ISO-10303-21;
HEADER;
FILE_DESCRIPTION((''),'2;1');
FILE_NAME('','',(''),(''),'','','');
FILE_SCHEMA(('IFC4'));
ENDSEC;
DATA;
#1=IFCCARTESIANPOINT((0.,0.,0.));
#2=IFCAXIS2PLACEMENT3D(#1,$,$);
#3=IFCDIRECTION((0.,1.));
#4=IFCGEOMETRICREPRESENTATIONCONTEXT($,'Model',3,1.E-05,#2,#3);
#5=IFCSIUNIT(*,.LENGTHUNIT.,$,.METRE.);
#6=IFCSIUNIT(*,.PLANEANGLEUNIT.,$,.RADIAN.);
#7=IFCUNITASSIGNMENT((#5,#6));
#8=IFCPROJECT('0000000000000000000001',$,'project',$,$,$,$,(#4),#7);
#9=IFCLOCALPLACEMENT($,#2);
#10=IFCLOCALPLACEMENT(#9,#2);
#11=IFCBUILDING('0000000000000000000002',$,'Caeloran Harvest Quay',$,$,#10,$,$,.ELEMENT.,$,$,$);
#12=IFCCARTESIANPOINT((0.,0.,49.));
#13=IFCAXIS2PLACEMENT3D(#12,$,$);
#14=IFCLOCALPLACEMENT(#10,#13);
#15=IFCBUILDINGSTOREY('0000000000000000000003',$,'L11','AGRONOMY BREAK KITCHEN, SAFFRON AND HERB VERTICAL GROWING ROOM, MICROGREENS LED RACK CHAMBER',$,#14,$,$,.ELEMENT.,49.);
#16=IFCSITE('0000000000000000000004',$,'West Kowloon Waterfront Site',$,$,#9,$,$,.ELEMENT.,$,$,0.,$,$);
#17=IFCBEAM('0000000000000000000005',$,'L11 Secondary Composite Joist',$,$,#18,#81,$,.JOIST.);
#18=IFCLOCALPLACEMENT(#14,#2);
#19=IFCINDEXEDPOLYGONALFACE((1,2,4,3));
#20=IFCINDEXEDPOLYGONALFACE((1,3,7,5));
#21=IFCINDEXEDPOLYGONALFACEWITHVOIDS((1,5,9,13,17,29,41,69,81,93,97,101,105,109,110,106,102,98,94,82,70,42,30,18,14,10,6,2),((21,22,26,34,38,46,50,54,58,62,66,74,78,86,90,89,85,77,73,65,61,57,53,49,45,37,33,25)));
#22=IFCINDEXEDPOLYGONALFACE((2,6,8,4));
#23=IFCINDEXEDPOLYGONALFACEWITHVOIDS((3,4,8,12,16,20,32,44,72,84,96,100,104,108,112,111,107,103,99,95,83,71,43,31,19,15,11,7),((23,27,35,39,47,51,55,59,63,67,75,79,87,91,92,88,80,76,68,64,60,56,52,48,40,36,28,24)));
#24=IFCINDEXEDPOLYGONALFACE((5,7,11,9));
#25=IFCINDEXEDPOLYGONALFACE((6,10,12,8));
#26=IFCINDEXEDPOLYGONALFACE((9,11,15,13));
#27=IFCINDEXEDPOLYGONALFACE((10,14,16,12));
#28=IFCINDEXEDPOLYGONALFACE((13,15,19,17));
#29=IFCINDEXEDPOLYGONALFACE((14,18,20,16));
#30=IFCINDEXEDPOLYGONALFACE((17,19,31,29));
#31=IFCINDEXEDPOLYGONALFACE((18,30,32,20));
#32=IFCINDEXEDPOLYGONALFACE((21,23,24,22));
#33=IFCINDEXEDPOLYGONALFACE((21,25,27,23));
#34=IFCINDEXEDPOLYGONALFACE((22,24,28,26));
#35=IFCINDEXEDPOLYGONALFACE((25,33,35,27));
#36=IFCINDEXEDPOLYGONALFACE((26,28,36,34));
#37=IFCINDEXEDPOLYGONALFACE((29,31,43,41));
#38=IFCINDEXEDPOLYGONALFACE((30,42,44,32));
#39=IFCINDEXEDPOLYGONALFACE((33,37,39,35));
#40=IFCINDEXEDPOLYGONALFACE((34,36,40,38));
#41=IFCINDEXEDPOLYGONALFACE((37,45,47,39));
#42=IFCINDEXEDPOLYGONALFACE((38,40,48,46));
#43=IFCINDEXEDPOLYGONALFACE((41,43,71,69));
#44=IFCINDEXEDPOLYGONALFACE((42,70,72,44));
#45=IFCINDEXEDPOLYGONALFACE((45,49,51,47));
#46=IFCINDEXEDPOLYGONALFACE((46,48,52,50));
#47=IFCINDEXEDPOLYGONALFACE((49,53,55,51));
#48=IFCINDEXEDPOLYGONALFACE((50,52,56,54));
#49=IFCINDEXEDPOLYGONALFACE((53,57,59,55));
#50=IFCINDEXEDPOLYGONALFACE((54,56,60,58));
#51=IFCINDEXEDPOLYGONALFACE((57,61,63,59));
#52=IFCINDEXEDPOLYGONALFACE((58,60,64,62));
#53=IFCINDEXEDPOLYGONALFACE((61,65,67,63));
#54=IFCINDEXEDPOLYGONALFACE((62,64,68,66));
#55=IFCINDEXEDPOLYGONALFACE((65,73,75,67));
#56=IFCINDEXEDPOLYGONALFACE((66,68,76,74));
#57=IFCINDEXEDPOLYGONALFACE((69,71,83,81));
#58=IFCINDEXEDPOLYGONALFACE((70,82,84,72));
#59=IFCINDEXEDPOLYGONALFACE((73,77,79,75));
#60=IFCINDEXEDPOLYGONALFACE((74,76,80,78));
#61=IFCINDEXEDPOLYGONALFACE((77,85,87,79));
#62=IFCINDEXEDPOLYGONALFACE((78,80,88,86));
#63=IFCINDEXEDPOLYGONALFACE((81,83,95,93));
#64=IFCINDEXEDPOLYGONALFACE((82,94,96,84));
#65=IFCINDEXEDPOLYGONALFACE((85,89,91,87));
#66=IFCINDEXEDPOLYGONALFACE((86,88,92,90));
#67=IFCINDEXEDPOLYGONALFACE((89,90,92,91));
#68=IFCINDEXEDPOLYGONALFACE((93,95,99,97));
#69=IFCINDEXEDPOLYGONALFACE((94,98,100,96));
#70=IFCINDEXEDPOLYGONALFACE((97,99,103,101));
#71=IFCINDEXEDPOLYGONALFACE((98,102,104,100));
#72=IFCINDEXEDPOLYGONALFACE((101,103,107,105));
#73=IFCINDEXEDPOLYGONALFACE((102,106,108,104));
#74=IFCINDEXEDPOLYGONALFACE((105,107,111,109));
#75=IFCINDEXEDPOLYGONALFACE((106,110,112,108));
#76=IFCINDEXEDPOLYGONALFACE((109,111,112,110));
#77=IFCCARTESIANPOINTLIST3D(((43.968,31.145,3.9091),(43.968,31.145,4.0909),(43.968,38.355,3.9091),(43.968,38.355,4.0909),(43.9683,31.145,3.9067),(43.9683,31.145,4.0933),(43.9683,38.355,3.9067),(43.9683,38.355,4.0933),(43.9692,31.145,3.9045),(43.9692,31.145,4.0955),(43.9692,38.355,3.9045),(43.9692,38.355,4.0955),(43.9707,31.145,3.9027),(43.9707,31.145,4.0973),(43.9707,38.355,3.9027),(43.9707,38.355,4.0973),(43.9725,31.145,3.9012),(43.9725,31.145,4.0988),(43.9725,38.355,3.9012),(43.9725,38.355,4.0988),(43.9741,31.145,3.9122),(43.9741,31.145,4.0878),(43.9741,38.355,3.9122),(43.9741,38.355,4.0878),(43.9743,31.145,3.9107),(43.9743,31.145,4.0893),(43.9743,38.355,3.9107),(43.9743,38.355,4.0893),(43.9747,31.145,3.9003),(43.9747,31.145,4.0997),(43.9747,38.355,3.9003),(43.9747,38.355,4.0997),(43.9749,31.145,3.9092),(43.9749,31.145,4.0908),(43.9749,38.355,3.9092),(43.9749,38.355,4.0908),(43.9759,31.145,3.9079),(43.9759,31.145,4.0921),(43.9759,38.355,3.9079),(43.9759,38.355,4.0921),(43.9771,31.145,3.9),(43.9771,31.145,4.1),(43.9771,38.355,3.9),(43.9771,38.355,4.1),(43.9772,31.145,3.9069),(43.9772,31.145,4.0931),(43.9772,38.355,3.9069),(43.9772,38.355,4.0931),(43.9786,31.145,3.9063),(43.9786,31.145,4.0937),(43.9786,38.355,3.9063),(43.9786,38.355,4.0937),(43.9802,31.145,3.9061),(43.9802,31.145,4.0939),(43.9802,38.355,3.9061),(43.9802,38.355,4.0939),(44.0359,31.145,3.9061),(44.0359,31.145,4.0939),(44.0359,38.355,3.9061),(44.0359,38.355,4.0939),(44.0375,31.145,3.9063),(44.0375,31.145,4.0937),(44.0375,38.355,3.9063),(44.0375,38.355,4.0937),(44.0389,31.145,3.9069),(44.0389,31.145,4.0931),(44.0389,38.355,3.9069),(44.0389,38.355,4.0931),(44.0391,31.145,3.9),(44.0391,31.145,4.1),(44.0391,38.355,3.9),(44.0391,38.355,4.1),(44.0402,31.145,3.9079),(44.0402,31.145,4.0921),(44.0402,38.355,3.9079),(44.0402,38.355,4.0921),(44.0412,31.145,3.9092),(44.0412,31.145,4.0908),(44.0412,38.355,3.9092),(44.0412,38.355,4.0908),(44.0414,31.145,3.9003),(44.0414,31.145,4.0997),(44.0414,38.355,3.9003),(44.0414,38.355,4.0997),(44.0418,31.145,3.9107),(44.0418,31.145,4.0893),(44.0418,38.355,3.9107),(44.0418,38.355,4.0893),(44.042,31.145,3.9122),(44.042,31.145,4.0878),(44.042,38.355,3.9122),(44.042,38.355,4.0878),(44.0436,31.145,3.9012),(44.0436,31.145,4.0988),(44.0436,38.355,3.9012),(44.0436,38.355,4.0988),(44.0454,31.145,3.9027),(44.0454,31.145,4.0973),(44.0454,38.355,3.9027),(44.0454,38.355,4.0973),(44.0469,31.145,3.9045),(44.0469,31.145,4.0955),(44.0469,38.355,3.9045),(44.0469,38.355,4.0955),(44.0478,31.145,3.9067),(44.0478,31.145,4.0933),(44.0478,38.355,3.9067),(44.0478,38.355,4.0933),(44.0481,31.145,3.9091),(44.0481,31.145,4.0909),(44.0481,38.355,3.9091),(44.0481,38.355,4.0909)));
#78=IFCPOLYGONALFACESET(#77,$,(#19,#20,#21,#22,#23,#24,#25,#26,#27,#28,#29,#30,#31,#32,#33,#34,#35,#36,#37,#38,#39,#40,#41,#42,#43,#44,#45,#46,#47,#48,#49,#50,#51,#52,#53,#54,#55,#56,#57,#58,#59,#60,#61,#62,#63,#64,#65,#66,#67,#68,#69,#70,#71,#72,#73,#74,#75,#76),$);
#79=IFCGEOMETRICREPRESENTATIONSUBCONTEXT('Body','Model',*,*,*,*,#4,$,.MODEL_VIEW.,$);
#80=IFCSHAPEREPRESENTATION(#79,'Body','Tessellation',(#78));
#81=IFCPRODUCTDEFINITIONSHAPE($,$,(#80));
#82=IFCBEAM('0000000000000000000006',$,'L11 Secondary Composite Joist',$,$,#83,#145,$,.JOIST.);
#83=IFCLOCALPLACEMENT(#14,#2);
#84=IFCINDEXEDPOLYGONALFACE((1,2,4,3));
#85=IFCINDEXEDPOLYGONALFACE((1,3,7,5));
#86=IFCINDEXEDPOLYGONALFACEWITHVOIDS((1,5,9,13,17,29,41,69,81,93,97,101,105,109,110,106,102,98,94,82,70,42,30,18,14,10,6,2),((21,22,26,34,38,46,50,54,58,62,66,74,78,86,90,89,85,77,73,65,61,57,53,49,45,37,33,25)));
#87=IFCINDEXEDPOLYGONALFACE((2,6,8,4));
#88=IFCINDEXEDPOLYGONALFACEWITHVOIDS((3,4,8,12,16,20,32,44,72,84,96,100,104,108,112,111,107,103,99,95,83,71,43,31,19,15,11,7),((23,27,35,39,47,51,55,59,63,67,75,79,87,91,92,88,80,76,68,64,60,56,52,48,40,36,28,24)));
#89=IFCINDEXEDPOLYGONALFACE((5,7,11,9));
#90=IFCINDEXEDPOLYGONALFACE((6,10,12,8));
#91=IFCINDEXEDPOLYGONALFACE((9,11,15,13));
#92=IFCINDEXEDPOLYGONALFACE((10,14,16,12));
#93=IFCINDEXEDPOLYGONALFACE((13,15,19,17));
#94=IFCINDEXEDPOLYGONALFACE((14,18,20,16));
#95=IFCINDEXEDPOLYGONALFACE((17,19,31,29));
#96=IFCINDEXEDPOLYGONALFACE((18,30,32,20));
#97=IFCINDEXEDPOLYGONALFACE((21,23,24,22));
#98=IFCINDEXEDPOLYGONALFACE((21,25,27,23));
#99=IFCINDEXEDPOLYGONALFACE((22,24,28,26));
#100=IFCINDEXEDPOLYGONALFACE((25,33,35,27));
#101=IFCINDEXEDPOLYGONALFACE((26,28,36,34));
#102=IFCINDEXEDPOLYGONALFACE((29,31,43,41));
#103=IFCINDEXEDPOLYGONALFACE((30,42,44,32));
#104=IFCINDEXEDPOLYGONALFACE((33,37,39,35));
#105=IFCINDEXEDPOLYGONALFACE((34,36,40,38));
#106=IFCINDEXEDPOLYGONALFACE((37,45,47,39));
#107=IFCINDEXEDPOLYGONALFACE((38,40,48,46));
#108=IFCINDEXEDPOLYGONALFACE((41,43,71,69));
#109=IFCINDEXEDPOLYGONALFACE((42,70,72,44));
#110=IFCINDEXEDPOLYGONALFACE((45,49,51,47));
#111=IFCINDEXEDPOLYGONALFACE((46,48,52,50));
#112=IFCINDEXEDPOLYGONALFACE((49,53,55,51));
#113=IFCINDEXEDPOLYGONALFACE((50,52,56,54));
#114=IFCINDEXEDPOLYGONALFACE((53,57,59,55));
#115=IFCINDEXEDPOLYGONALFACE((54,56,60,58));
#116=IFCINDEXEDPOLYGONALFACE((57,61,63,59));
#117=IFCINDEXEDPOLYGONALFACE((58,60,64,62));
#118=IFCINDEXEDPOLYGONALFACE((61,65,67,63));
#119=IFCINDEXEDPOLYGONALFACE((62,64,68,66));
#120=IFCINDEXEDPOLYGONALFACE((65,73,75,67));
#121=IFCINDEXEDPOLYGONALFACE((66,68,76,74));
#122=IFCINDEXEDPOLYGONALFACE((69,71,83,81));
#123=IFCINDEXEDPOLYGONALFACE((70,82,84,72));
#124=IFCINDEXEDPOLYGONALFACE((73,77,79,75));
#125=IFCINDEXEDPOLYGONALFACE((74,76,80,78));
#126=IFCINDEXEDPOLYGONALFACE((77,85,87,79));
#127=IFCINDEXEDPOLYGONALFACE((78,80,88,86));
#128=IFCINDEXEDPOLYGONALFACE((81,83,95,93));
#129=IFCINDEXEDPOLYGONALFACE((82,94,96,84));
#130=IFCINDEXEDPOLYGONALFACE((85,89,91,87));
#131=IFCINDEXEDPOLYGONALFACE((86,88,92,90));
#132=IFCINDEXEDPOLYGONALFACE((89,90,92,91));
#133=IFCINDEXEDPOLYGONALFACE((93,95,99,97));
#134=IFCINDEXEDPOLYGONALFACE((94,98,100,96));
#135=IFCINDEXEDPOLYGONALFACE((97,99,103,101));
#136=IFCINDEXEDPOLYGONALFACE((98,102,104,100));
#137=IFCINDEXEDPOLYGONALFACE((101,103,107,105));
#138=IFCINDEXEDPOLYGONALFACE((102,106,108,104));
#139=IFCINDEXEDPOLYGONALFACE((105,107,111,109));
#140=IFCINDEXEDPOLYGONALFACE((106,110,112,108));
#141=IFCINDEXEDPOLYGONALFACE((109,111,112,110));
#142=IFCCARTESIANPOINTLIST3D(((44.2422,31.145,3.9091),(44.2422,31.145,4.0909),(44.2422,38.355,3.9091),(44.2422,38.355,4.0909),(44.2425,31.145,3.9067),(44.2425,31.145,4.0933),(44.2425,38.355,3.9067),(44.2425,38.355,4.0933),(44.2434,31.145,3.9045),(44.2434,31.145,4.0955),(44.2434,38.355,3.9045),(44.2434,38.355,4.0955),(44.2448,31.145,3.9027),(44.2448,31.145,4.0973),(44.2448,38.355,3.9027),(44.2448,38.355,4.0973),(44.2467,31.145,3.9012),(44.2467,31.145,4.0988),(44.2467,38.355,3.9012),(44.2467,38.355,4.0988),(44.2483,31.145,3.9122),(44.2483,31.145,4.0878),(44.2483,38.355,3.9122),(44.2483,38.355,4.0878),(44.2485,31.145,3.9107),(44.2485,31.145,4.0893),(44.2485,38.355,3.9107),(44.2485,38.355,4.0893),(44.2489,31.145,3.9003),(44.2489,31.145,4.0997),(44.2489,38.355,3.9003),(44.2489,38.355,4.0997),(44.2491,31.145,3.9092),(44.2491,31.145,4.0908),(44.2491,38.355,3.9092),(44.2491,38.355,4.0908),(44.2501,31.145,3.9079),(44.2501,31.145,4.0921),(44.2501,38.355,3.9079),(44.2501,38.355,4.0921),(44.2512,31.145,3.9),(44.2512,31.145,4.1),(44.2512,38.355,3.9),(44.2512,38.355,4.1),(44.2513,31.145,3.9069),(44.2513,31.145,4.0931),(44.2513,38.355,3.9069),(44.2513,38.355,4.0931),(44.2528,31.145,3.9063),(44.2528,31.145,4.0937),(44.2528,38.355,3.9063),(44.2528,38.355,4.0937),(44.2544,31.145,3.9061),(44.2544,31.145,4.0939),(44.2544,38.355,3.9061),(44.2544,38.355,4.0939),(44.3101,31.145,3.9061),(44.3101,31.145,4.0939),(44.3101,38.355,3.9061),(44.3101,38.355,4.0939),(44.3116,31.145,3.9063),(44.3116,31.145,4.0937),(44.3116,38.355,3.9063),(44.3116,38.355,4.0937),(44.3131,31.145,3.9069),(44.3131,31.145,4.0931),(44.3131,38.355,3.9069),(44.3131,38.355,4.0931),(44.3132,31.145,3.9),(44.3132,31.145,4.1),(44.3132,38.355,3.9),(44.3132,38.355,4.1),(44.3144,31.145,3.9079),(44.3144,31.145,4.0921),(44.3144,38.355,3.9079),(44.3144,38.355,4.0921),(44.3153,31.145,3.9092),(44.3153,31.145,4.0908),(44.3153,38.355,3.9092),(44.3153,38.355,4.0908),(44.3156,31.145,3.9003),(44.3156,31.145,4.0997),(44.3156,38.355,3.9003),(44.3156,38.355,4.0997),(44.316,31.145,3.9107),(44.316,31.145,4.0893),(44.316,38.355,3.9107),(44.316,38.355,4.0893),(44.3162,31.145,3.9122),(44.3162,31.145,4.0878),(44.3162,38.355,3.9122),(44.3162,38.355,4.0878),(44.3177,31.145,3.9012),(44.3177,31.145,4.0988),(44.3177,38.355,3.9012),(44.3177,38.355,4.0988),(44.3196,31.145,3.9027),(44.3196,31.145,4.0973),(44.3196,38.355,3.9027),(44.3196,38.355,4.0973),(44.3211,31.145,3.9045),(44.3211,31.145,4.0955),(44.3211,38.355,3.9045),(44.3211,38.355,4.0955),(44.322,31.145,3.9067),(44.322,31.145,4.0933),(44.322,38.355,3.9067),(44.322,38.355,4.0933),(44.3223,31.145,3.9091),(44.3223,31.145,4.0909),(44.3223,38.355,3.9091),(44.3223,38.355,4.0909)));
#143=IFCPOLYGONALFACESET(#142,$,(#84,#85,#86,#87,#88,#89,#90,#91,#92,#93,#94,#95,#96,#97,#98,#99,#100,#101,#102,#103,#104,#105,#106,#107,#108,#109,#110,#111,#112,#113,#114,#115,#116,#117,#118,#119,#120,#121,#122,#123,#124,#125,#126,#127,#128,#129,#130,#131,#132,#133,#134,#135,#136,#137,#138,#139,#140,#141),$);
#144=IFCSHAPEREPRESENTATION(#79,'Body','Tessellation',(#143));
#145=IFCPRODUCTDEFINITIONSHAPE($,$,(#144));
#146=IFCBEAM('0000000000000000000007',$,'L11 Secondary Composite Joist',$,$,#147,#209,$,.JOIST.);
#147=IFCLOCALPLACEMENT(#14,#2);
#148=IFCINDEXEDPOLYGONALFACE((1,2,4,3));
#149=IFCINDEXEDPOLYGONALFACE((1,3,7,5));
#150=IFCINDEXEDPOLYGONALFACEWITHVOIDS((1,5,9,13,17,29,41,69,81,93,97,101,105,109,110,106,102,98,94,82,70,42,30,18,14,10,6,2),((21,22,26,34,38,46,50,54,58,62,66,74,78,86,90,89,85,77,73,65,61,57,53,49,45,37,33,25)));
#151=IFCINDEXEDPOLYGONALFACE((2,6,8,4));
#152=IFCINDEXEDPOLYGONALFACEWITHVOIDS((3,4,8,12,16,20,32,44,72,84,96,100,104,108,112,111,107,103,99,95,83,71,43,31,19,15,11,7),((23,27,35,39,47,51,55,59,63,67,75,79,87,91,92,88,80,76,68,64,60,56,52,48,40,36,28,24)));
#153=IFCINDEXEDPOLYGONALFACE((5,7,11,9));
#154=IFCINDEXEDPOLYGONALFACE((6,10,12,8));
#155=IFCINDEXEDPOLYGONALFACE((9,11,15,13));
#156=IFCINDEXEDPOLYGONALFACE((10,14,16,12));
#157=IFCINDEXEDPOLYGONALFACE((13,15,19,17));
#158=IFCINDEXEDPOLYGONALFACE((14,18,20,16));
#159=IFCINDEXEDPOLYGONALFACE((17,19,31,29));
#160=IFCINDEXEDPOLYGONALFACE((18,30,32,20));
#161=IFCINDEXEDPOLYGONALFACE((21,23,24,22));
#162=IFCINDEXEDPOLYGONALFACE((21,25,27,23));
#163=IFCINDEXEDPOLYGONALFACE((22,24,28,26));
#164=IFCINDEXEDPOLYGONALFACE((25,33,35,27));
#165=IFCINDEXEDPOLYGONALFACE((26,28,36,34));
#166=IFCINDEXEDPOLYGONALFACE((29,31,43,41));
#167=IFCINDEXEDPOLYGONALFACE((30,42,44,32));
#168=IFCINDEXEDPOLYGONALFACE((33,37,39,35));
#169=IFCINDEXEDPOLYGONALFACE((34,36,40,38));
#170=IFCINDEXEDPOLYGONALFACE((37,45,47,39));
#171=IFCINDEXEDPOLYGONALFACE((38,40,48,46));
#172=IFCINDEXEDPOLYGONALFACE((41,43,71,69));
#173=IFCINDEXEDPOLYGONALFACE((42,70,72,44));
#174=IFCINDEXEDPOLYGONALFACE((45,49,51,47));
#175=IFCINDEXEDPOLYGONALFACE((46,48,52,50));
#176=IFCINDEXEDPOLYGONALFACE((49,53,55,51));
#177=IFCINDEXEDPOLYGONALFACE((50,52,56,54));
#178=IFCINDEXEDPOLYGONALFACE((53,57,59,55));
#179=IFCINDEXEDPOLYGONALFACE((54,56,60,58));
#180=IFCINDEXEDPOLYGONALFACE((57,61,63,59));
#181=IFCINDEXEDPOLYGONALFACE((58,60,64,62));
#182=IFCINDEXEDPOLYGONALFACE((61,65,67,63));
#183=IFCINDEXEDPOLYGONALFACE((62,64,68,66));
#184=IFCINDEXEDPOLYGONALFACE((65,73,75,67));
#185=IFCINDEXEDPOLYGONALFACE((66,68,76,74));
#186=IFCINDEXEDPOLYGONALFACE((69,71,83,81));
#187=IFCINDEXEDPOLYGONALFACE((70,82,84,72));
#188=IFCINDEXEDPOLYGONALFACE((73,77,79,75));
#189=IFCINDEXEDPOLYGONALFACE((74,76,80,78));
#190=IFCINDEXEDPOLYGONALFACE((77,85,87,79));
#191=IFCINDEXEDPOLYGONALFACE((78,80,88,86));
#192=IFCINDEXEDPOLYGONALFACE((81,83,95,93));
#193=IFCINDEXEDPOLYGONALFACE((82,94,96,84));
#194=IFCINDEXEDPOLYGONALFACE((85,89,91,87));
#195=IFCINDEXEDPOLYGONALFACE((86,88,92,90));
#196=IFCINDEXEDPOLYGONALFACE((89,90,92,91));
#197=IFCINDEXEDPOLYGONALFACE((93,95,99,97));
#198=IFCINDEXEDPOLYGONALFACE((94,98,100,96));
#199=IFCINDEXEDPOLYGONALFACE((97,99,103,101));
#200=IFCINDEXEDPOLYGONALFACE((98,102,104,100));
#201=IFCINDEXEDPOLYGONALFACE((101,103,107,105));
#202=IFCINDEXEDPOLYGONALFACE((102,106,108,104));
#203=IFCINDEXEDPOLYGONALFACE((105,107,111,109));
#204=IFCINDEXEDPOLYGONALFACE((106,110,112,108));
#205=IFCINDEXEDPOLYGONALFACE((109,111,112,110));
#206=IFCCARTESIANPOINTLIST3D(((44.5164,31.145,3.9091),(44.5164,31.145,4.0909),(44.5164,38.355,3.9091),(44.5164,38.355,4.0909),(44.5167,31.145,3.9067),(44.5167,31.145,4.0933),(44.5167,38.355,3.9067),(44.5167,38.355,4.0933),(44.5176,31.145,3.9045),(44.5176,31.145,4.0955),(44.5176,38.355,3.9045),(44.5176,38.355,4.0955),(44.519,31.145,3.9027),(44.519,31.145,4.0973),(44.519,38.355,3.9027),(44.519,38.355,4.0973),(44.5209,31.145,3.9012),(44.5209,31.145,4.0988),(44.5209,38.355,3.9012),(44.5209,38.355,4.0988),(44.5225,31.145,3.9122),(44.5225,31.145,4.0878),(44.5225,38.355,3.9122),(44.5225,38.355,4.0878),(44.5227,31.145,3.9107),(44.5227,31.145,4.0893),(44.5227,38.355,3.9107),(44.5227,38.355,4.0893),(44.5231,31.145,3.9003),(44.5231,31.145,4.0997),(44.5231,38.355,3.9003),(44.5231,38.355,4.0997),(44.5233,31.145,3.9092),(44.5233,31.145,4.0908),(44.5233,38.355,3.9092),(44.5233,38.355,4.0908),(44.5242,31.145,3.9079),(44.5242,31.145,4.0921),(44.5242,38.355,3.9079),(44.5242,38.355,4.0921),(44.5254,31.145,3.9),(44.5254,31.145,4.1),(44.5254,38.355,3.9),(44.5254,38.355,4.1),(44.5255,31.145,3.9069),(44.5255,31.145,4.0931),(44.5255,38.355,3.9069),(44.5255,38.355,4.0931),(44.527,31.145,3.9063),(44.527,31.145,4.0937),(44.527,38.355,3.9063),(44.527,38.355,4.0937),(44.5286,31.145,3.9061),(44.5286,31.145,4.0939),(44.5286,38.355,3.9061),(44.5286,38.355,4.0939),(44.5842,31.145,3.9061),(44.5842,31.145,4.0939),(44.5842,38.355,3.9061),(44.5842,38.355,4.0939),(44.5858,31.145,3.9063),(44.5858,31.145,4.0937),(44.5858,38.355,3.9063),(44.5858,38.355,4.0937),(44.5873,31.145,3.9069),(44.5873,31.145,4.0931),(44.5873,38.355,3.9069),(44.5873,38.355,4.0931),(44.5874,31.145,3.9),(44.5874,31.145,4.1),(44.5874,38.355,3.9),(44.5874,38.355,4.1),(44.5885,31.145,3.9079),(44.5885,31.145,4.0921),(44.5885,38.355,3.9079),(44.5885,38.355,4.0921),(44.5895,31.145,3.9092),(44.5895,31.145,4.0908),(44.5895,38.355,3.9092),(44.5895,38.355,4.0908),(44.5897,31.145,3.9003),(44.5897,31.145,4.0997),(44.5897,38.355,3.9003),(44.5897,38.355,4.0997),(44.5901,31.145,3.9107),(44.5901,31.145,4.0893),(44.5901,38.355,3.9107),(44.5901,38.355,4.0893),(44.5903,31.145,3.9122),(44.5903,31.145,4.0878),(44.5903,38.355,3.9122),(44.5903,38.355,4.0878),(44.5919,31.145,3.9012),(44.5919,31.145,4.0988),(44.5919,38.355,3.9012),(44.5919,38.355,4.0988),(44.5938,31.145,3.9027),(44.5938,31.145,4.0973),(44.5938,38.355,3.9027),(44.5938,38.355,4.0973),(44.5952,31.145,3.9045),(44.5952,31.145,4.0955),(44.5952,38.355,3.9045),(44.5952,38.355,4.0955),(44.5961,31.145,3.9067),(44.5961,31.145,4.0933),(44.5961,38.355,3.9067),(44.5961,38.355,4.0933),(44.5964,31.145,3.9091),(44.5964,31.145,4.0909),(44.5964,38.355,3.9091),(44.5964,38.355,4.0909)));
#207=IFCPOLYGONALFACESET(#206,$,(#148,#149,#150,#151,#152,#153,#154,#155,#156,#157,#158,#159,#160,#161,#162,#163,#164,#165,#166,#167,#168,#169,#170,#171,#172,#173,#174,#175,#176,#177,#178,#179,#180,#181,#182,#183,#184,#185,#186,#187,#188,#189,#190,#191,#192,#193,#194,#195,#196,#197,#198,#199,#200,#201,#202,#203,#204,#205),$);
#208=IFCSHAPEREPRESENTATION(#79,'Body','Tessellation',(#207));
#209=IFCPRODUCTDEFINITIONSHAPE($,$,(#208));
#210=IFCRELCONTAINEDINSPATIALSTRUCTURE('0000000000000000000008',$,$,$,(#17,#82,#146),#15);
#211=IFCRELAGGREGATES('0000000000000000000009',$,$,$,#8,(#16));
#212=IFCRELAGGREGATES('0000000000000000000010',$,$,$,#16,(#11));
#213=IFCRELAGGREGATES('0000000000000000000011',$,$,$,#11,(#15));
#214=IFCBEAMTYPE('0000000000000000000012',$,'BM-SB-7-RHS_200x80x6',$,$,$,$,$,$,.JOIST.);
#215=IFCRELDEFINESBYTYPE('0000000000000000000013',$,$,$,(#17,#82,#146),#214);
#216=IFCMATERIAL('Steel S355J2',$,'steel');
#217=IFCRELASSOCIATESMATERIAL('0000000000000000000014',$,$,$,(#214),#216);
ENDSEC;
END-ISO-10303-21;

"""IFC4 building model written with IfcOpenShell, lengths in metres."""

from ifc_helpers import new_model, si_unit, direction, frame, origin, origin_2d, place, context, subcontext, project, spatial, hollow_rectangle, extrude, material, material_profile, profile_set, type_object, element, save


model = new_model("IFC4")

# Units and contexts
model_context = context("Model", 3, precision=1e-05, world=origin(), true_north=direction((0.0, 1.0)))
body_context = subcontext(model_context, "Body", "Model", "MODEL_VIEW")
ifc_project = project(units=[si_unit("LENGTHUNIT", "METRE"), si_unit("PLANEANGLEUNIT", "RADIAN")], contexts=[model_context])

# Site, building, storey
site_placement = place(None, origin())
site = spatial("IfcSite", under=ifc_project, at=site_placement, Name="West Kowloon Waterfront Site", CompositionType="ELEMENT", RefElevation=0.0)
building_placement = place(site_placement, origin())
building = spatial("IfcBuilding", under=site, at=building_placement, Name="Caeloran Harvest Quay", CompositionType="ELEMENT")
storey_placement = place(building_placement, frame((0.0, 0.0, 49.0)))
storey = spatial("IfcBuildingStorey", under=building, at=storey_placement, Name="L11", Description="AGRONOMY BREAK KITCHEN, SAFFRON AND HERB VERTICAL GROWING ROOM, MICROGREENS LED RACK CHAMBER", CompositionType="ELEMENT", Elevation=49.0)

# Beams
ifc_material_1 = material(Name="Steel S355J2", Category="steel")
ifc_material_profile_1 = material_profile(ifc_material_1, hollow_rectangle(XDim=0.0801, YDim=0.2, WallThickness=0.0061, InnerFilletRadius=0.0061, OuterFilletRadius=0.009, at=origin_2d()), Name="RHS 200x80x6")
ifc_profile_set_1 = profile_set([ifc_material_profile_1], Name="Steel S355J2")
beam_type_1 = type_object("IfcBeamType", Name="BM-SB-7-RHS_200x80x6", PredefinedType="JOIST", material=ifc_profile_set_1)
for number, where, z_axis, x_axis, name in (
    (1, (44.0081, 31.145, 4.0), (0.0, 1.0, 0.0), (-1.0, 0.0, 0.0), "L11 Secondary Composite Joist"),
    (2, (44.2822, 31.145, 4.0), (0.0, 1.0, 0.0), (-1.0, 0.0, 0.0), "L11 Secondary Composite Joist"),
    (3, (44.5564, 31.145, 4.0), (0.0, 1.0, 0.0), (-1.0, 0.0, 0.0), "L11 Secondary Composite Joist"),
):
    element("IfcBeam", number, at=place(storey_placement, frame(where, z_axis=z_axis, x_axis=x_axis)), inside=storey, type_object=beam_type_1, Name=name, PredefinedType="JOIST", context=body_context, shape_type="SweptSolid", body=[
        extrude(hollow_rectangle(XDim=0.0801, YDim=0.2, WallThickness=0.0061, InnerFilletRadius=0.0061, OuterFilletRadius=0.009, at=origin_2d()), origin(), (0.0, 0.0, 1.0), 7.21),
    ])

save(model, "model.ifc")
